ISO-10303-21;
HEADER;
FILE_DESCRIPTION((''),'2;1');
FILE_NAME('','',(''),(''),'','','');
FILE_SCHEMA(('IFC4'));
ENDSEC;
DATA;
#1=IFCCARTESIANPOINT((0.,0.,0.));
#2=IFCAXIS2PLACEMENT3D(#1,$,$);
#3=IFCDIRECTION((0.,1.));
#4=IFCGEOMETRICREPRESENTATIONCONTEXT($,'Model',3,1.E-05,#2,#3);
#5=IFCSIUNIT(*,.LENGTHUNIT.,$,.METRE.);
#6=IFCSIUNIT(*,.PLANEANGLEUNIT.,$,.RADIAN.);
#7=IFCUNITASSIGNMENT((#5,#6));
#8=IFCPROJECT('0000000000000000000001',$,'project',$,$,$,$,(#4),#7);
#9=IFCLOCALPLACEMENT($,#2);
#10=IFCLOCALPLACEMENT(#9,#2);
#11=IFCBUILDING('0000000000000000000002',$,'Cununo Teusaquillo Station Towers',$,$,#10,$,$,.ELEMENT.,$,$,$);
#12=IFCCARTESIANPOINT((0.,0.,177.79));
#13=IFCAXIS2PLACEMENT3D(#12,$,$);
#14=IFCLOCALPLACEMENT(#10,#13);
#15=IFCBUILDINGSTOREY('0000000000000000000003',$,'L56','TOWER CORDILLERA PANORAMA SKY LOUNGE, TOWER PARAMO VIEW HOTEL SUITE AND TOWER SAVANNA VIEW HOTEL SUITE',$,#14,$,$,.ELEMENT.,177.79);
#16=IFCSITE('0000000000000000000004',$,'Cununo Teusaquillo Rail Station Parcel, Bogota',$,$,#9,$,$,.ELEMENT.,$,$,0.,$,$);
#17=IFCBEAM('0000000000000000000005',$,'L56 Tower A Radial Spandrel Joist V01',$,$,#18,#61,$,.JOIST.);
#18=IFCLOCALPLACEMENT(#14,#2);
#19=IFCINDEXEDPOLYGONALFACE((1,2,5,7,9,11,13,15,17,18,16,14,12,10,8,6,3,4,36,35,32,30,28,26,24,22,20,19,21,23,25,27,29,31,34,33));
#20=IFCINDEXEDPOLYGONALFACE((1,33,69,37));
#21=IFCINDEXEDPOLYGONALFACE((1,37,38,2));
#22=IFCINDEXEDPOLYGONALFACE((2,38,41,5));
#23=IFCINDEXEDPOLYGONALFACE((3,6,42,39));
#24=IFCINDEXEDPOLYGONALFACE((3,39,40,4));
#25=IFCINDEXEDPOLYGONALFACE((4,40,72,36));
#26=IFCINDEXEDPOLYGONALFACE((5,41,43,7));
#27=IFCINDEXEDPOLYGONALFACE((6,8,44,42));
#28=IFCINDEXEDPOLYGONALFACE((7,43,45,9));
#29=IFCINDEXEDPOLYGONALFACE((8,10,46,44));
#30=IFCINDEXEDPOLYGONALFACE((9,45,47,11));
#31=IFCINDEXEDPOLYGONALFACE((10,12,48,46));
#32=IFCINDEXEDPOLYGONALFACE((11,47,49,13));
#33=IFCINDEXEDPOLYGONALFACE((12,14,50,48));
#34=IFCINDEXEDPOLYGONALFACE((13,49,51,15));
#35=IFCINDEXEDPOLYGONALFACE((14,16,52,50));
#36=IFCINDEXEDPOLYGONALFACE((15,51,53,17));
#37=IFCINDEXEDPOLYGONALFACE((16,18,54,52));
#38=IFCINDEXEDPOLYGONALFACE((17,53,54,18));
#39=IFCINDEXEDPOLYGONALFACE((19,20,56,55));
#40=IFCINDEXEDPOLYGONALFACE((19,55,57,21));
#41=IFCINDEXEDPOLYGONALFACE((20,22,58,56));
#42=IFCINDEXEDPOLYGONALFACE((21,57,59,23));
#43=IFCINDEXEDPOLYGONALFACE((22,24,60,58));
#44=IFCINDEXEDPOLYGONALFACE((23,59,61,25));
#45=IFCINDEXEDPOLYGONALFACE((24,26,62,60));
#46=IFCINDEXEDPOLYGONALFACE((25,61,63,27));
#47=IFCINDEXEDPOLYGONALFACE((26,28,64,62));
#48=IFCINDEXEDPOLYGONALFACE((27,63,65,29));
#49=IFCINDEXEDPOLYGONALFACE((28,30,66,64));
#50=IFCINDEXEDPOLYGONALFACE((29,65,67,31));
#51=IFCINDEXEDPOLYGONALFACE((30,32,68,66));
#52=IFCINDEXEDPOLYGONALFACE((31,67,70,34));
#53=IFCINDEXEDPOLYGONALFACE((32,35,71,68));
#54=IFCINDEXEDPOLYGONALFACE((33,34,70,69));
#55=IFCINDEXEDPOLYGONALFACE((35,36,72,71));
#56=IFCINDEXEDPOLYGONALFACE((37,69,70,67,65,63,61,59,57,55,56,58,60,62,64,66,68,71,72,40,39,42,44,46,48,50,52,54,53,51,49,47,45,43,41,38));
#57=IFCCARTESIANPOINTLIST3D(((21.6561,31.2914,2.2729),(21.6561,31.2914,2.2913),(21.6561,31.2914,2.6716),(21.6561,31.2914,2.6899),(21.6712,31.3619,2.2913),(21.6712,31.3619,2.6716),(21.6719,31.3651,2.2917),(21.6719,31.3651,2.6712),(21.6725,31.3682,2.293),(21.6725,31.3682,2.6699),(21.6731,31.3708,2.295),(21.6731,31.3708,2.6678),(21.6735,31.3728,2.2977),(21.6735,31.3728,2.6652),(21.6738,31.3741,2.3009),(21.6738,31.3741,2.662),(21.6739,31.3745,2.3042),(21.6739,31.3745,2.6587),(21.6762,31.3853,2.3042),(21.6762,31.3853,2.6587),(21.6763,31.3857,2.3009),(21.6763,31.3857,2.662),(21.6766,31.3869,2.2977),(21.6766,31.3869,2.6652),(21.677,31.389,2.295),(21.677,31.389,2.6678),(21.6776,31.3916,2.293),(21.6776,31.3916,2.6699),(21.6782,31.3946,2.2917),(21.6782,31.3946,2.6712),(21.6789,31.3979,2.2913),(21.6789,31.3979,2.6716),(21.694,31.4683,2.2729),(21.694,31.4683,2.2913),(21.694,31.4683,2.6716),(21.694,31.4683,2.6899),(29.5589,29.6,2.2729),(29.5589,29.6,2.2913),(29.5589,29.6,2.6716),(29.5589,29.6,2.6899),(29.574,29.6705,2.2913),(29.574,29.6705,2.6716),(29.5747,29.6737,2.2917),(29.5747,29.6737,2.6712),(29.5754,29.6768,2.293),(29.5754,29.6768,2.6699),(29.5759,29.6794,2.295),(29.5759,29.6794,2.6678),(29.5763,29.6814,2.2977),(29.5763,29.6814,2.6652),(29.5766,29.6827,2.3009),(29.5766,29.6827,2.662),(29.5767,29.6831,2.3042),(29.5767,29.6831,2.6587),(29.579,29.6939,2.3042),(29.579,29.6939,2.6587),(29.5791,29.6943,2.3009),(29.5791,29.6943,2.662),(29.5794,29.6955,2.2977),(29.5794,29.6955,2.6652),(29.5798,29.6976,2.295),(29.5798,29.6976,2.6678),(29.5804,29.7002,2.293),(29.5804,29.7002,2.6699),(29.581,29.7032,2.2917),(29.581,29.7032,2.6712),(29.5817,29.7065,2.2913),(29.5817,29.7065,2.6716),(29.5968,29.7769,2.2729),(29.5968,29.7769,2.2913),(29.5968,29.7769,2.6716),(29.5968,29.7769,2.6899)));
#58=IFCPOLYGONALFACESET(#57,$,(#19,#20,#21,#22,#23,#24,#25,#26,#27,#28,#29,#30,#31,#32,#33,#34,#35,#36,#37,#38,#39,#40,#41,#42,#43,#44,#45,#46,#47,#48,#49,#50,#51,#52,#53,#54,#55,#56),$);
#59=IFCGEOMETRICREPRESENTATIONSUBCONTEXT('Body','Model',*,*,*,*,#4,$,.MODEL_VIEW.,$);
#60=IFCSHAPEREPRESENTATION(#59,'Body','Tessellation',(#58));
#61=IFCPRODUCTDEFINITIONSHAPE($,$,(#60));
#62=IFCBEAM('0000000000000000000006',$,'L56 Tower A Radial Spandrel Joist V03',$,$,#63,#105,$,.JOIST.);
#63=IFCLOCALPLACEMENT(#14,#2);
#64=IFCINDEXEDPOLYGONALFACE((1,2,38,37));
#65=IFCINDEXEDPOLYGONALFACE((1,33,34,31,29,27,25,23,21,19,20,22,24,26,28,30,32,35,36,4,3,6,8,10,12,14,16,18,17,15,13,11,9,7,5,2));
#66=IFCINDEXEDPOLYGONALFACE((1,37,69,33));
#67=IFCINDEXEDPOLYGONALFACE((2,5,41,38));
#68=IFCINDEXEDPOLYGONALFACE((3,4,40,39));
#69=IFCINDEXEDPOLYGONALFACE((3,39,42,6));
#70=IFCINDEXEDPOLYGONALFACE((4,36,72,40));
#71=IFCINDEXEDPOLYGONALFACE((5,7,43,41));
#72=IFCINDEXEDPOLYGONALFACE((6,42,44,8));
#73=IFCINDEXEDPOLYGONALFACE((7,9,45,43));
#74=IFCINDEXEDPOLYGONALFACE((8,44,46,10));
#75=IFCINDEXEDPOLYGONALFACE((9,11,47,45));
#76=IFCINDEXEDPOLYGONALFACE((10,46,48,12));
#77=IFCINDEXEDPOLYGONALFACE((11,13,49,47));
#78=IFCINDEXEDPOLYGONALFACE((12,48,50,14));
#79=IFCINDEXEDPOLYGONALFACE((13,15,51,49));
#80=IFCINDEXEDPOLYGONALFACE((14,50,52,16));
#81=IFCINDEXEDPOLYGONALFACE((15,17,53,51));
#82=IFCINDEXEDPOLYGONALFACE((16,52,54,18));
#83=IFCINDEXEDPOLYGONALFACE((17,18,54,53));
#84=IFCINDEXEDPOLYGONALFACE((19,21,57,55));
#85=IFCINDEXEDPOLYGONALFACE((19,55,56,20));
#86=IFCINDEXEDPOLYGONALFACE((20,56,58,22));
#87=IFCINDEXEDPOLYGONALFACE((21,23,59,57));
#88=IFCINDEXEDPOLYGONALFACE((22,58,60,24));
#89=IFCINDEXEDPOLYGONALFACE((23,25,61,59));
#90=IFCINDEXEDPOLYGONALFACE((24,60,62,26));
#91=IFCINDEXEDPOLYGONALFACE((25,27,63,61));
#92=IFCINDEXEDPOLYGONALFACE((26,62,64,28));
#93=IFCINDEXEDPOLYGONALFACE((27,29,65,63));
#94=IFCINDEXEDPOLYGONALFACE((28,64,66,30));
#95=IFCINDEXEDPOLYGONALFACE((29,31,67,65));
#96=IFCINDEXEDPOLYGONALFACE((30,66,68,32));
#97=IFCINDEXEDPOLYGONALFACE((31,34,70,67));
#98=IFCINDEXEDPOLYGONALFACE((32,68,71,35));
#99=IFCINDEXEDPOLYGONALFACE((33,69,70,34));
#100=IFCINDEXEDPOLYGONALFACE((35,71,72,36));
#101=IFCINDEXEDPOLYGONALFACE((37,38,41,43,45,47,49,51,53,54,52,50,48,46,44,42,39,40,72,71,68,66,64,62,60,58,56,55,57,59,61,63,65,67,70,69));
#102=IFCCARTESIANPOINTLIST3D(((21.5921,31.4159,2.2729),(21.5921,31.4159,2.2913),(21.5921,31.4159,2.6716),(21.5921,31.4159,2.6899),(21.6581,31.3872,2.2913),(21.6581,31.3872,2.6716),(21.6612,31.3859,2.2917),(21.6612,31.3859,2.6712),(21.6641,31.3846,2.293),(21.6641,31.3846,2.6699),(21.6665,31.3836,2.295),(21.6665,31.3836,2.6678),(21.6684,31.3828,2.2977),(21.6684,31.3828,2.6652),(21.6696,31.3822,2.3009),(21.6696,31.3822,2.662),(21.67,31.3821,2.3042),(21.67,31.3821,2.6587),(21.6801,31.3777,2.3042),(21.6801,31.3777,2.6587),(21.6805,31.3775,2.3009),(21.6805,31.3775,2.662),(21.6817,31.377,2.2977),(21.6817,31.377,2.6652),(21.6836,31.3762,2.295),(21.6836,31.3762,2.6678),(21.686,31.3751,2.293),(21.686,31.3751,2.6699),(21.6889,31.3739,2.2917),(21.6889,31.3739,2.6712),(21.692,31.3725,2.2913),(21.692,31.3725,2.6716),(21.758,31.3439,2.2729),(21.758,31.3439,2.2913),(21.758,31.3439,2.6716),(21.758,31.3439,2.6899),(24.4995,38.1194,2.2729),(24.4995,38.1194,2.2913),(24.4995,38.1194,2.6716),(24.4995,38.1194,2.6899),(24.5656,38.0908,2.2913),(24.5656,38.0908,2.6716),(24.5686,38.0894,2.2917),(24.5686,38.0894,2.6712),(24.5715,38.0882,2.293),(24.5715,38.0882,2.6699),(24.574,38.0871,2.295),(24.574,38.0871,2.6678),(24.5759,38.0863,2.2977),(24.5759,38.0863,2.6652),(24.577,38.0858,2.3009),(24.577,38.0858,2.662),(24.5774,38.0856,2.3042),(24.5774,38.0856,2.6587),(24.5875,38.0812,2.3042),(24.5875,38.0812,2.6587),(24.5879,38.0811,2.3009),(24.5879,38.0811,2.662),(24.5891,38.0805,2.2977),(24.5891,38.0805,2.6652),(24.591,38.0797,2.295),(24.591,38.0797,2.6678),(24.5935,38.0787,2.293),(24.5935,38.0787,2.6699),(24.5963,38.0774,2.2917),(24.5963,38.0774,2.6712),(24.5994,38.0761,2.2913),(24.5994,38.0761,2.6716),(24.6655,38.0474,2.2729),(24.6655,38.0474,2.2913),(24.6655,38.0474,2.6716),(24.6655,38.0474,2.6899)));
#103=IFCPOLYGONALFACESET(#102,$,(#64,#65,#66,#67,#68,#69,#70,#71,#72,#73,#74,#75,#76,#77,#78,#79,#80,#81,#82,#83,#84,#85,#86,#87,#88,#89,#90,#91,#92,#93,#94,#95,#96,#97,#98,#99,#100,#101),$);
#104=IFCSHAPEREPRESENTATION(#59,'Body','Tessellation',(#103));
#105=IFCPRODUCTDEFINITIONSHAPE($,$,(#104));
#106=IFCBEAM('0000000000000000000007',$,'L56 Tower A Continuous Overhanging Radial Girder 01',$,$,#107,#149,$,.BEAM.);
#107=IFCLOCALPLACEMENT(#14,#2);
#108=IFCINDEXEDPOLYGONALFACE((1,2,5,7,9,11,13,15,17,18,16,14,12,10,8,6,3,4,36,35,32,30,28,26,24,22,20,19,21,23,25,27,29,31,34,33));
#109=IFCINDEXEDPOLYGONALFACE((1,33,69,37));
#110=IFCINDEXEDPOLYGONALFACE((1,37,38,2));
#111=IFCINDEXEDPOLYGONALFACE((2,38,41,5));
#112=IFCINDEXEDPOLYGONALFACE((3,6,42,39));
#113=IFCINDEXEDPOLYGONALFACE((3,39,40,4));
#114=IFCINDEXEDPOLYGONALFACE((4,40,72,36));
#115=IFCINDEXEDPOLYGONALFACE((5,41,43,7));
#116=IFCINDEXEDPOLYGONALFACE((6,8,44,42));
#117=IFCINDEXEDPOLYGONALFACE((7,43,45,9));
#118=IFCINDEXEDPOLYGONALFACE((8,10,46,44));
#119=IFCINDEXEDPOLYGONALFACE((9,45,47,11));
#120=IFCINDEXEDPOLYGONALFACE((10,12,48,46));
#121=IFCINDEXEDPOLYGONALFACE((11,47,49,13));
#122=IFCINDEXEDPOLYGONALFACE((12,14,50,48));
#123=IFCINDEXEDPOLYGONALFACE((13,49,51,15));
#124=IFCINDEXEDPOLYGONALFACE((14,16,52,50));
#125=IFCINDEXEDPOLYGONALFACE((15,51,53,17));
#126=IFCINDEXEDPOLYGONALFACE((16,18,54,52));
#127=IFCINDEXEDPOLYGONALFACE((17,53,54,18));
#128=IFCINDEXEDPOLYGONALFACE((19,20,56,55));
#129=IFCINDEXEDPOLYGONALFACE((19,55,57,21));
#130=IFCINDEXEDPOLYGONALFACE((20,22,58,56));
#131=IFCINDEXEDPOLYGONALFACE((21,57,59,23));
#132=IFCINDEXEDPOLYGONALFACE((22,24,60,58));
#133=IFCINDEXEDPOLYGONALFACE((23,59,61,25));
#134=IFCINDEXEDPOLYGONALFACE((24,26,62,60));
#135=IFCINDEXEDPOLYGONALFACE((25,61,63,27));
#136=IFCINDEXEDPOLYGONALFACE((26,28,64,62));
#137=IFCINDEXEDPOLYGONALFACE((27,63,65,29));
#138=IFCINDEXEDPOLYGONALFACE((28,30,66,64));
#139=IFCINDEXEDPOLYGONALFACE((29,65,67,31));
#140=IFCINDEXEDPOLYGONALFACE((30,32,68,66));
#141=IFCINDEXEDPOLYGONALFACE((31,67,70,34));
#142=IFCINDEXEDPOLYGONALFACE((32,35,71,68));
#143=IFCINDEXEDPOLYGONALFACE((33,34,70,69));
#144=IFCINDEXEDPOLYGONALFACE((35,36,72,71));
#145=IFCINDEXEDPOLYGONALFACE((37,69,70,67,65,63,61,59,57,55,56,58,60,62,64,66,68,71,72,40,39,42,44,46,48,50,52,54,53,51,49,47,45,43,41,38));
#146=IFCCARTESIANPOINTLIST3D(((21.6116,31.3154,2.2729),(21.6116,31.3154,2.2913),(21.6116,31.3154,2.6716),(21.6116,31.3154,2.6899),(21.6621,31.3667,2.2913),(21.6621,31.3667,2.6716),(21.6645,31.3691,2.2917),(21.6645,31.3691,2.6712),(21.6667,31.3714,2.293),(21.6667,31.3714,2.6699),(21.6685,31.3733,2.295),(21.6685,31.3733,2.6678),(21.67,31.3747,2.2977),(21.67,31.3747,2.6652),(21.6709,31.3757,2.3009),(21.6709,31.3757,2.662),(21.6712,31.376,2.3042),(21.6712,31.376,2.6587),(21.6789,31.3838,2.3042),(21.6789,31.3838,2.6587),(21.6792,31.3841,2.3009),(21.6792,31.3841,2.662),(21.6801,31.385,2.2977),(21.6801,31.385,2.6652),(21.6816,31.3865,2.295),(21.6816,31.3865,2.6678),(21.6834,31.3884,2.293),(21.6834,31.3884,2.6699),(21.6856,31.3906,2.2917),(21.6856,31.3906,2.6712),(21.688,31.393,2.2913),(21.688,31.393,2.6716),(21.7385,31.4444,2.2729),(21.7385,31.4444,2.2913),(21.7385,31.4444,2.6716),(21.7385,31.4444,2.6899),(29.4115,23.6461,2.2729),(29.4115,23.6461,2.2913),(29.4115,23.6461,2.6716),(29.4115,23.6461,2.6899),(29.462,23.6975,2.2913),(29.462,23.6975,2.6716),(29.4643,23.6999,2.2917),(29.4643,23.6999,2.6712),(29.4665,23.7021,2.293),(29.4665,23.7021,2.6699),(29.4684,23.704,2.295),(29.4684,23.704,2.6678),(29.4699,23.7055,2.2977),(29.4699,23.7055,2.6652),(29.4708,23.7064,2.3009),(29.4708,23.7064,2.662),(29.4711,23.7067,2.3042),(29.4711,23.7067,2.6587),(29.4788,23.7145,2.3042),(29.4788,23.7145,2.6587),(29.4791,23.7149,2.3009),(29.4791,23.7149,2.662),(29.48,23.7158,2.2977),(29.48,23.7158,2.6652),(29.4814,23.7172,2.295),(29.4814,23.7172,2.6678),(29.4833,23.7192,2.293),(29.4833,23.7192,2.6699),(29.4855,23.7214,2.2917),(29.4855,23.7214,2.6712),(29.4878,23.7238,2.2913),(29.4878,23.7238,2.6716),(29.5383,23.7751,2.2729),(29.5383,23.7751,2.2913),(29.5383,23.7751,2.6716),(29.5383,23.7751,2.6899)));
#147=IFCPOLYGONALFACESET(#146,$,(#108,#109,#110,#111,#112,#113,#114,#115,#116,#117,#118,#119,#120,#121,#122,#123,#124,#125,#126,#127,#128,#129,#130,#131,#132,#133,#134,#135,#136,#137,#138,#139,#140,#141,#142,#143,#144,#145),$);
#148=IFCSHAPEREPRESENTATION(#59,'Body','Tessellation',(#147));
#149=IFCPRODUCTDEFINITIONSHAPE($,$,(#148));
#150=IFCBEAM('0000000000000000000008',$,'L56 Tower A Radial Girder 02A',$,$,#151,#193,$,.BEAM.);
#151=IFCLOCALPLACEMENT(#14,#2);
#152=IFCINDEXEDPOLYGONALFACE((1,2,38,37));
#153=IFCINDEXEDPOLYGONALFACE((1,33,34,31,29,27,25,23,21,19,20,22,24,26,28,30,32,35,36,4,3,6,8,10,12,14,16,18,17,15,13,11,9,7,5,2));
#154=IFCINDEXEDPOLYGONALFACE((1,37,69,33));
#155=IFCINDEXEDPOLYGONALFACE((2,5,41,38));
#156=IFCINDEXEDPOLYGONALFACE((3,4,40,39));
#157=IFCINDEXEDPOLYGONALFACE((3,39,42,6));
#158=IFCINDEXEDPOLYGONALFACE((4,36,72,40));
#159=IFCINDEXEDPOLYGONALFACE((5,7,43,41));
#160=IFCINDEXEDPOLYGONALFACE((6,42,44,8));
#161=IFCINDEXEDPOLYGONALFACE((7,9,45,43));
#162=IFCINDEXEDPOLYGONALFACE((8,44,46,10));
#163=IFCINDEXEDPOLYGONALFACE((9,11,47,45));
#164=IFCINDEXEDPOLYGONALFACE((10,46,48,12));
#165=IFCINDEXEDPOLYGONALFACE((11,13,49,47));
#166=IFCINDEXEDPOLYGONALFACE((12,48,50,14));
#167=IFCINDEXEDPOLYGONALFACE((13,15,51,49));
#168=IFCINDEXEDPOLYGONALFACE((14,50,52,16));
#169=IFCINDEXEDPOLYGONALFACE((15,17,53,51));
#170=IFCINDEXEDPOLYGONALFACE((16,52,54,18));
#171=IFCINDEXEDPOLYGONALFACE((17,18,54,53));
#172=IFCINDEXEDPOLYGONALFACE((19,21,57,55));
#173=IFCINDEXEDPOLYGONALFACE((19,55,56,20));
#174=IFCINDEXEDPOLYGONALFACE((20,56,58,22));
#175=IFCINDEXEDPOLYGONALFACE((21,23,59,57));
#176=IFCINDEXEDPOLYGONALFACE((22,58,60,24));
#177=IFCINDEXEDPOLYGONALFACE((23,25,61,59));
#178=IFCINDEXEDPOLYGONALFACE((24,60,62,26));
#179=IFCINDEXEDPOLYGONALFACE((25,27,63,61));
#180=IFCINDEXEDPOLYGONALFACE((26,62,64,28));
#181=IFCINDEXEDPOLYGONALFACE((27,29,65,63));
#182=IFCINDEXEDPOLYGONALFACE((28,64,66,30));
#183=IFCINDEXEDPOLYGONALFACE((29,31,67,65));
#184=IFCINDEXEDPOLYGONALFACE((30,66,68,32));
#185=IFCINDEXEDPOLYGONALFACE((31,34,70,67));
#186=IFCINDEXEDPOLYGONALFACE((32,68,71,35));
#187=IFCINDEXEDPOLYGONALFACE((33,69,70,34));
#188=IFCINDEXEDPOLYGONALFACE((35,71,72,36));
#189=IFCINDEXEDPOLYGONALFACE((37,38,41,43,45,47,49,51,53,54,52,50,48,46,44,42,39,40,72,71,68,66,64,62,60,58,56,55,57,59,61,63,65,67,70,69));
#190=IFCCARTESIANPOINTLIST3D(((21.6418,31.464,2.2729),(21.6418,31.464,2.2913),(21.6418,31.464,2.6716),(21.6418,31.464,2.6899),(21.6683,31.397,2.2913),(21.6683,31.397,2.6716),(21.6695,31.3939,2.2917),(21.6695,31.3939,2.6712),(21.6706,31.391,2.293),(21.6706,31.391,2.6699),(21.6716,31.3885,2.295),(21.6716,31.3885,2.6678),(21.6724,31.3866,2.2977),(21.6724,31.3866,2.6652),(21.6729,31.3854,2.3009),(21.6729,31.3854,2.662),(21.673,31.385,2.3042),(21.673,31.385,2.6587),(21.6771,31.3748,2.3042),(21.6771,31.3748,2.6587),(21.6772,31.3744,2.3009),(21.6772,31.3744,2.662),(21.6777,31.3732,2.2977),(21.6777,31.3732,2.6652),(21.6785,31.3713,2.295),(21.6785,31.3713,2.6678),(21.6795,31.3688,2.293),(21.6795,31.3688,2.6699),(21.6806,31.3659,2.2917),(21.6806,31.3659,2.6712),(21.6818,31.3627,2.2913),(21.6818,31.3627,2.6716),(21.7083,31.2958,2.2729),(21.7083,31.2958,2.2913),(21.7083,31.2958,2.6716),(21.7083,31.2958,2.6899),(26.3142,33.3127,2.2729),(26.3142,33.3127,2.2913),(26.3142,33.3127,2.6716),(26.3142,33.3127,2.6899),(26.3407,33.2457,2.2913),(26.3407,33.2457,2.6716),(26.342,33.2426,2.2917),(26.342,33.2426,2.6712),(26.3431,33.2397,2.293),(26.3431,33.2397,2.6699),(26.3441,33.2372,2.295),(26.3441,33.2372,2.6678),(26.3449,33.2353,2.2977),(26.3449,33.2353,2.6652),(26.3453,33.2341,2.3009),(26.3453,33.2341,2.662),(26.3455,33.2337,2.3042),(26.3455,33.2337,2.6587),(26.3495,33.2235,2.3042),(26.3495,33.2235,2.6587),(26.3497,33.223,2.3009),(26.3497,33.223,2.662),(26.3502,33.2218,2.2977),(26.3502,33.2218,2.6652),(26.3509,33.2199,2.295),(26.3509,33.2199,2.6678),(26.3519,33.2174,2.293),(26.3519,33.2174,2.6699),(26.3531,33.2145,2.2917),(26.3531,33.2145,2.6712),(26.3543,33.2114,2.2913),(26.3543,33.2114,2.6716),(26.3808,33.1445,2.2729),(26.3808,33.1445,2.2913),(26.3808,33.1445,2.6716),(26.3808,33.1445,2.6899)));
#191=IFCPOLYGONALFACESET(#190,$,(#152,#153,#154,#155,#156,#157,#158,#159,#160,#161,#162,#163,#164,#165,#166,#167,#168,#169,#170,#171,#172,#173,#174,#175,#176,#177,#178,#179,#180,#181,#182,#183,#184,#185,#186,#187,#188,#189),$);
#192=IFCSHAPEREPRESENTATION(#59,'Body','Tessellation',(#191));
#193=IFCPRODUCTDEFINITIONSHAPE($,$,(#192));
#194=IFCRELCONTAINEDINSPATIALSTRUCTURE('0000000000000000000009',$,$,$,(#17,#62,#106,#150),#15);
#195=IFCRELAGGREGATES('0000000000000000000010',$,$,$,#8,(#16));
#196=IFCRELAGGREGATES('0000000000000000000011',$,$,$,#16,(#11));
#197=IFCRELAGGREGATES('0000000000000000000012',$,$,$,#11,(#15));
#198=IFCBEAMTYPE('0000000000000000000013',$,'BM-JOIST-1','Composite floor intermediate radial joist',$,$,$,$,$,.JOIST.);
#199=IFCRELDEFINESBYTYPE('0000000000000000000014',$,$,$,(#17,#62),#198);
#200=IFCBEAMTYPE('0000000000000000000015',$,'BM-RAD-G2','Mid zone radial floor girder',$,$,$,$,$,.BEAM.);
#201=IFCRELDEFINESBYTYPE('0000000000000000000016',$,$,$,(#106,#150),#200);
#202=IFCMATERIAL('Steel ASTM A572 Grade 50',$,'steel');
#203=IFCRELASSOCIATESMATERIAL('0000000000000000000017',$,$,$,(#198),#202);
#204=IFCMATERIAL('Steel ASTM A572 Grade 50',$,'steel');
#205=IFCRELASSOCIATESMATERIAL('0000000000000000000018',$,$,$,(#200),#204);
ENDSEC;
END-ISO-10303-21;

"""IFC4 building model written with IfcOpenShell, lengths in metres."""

from ifc_helpers import new_model, si_unit, direction, frame, origin, origin_2d, place, context, subcontext, project, spatial, i_section, extrude, material, material_profile, profile_set, type_object, element, save


model = new_model("IFC4")

# Units and contexts
model_context = context("Model", 3, precision=1e-05, world=origin(), true_north=direction((0.0, 1.0)))
body_context = subcontext(model_context, "Body", "Model", "MODEL_VIEW")
ifc_project = project(units=[si_unit("LENGTHUNIT", "METRE"), si_unit("PLANEANGLEUNIT", "RADIAN")], contexts=[model_context])

# Site, building, storey
site_placement = place(None, origin())
site = spatial("IfcSite", under=ifc_project, at=site_placement, Name="Cununo Teusaquillo Rail Station Parcel, Bogota", CompositionType="ELEMENT", RefElevation=0.0)
building_placement = place(site_placement, origin())
building = spatial("IfcBuilding", under=site, at=building_placement, Name="Cununo Teusaquillo Station Towers", CompositionType="ELEMENT")
storey_placement = place(building_placement, frame((0.0, 0.0, 177.79)))
storey = spatial("IfcBuildingStorey", under=building, at=storey_placement, Name="L56", Description="TOWER CORDILLERA PANORAMA SKY LOUNGE, TOWER PARAMO VIEW HOTEL SUITE AND TOWER SAVANNA VIEW HOTEL SUITE", CompositionType="ELEMENT", Elevation=177.79)

# Beams
ifc_material_1 = material(Name="Steel ASTM A572 Grade 50", Category="steel")
ifc_material_profile_1 = material_profile(ifc_material_1, i_section(OverallWidth=0.1809, OverallDepth=0.417, WebThickness=0.011, FlangeThickness=0.0183, FilletRadius=0.0129, at=origin_2d()), Name="W16X57")
ifc_profile_set_1 = profile_set([ifc_material_profile_1], Name="Steel ASTM A572 Grade 50")
beam_type_1 = type_object("IfcBeamType", Name="BM-JOIST-1", Description="Composite floor intermediate radial joist", PredefinedType="JOIST", material=ifc_profile_set_1)
beam_1_placement = place(storey_placement, frame((21.675, 31.3799, 2.4814), z_axis=(0.977855, -0.209286, 0.0), x_axis=(0.209286, 0.977855, 0.0)))
element("IfcBeam", 1, at=beam_1_placement, inside=storey, type_object=beam_type_1, Name="L56 Tower A Radial Spandrel Joist V01", PredefinedType="JOIST", context=body_context, shape_type="SweptSolid", body=[
    extrude(i_section(OverallWidth=0.1809, OverallDepth=0.417, WebThickness=0.011, FlangeThickness=0.0183, FilletRadius=0.0129, at=origin_2d()), origin(), (0.0, 0.0, 1.0), 8.0818),
])
beam_2_placement = place(storey_placement, frame((21.675, 31.3799, 2.4814), z_axis=(0.397904, 0.917427, 0.0), x_axis=(-0.917427, 0.397904, 0.0)))
element("IfcBeam", 2, at=beam_2_placement, inside=storey, type_object=beam_type_1, Name="L56 Tower A Radial Spandrel Joist V03", PredefinedType="JOIST", context=body_context, shape_type="SweptSolid", body=[
    extrude(i_section(OverallWidth=0.1809, OverallDepth=0.417, WebThickness=0.011, FlangeThickness=0.0183, FilletRadius=0.0129, at=origin_2d()), origin(), (0.0, 0.0, 1.0), 7.3069),
])
ifc_material_2 = material(Name="Steel ASTM A572 Grade 50", Category="steel")
ifc_material_profile_2 = material_profile(ifc_material_2, i_section(OverallWidth=0.1809, OverallDepth=0.417, WebThickness=0.011, FlangeThickness=0.0183, FilletRadius=0.0129, at=origin_2d()), Name="W16X57")
ifc_profile_set_2 = profile_set([ifc_material_profile_2], Name="Steel ASTM A572 Grade 50")
beam_type_2 = type_object("IfcBeamType", Name="BM-RAD-G2", Description="Mid zone radial floor girder", PredefinedType="BEAM", material=ifc_profile_set_2)
beam_3_placement = place(storey_placement, frame((21.675, 31.3799, 2.4814), z_axis=(0.713052, -0.701111, 0.0), x_axis=(0.701111, 0.713052, 0.0)))
element("IfcBeam", 3, at=beam_3_placement, inside=storey, type_object=beam_type_2, Name="L56 Tower A Continuous Overhanging Radial Girder 01", PredefinedType="BEAM", context=body_context, shape_type="SweptSolid", body=[
    extrude(i_section(OverallWidth=0.1809, OverallDepth=0.417, WebThickness=0.011, FlangeThickness=0.0183, FilletRadius=0.0129, at=origin_2d()), origin(), (0.0, 0.0, 1.0), 10.9387),
])
beam_4_placement = place(storey_placement, frame((21.675, 31.3799, 2.4814), z_axis=(0.929864, 0.367903, 0.0), x_axis=(-0.367903, 0.929864, 0.0)))
element("IfcBeam", 4, at=beam_4_placement, inside=storey, type_object=beam_type_2, Name="L56 Tower A Radial Girder 02A", PredefinedType="BEAM", context=body_context, shape_type="SweptSolid", body=[
    extrude(i_section(OverallWidth=0.1809, OverallDepth=0.417, WebThickness=0.011, FlangeThickness=0.0183, FilletRadius=0.0129, at=origin_2d()), origin(), (0.0, 0.0, 1.0), 5.0249),
])

save(model, "model.ifc")
